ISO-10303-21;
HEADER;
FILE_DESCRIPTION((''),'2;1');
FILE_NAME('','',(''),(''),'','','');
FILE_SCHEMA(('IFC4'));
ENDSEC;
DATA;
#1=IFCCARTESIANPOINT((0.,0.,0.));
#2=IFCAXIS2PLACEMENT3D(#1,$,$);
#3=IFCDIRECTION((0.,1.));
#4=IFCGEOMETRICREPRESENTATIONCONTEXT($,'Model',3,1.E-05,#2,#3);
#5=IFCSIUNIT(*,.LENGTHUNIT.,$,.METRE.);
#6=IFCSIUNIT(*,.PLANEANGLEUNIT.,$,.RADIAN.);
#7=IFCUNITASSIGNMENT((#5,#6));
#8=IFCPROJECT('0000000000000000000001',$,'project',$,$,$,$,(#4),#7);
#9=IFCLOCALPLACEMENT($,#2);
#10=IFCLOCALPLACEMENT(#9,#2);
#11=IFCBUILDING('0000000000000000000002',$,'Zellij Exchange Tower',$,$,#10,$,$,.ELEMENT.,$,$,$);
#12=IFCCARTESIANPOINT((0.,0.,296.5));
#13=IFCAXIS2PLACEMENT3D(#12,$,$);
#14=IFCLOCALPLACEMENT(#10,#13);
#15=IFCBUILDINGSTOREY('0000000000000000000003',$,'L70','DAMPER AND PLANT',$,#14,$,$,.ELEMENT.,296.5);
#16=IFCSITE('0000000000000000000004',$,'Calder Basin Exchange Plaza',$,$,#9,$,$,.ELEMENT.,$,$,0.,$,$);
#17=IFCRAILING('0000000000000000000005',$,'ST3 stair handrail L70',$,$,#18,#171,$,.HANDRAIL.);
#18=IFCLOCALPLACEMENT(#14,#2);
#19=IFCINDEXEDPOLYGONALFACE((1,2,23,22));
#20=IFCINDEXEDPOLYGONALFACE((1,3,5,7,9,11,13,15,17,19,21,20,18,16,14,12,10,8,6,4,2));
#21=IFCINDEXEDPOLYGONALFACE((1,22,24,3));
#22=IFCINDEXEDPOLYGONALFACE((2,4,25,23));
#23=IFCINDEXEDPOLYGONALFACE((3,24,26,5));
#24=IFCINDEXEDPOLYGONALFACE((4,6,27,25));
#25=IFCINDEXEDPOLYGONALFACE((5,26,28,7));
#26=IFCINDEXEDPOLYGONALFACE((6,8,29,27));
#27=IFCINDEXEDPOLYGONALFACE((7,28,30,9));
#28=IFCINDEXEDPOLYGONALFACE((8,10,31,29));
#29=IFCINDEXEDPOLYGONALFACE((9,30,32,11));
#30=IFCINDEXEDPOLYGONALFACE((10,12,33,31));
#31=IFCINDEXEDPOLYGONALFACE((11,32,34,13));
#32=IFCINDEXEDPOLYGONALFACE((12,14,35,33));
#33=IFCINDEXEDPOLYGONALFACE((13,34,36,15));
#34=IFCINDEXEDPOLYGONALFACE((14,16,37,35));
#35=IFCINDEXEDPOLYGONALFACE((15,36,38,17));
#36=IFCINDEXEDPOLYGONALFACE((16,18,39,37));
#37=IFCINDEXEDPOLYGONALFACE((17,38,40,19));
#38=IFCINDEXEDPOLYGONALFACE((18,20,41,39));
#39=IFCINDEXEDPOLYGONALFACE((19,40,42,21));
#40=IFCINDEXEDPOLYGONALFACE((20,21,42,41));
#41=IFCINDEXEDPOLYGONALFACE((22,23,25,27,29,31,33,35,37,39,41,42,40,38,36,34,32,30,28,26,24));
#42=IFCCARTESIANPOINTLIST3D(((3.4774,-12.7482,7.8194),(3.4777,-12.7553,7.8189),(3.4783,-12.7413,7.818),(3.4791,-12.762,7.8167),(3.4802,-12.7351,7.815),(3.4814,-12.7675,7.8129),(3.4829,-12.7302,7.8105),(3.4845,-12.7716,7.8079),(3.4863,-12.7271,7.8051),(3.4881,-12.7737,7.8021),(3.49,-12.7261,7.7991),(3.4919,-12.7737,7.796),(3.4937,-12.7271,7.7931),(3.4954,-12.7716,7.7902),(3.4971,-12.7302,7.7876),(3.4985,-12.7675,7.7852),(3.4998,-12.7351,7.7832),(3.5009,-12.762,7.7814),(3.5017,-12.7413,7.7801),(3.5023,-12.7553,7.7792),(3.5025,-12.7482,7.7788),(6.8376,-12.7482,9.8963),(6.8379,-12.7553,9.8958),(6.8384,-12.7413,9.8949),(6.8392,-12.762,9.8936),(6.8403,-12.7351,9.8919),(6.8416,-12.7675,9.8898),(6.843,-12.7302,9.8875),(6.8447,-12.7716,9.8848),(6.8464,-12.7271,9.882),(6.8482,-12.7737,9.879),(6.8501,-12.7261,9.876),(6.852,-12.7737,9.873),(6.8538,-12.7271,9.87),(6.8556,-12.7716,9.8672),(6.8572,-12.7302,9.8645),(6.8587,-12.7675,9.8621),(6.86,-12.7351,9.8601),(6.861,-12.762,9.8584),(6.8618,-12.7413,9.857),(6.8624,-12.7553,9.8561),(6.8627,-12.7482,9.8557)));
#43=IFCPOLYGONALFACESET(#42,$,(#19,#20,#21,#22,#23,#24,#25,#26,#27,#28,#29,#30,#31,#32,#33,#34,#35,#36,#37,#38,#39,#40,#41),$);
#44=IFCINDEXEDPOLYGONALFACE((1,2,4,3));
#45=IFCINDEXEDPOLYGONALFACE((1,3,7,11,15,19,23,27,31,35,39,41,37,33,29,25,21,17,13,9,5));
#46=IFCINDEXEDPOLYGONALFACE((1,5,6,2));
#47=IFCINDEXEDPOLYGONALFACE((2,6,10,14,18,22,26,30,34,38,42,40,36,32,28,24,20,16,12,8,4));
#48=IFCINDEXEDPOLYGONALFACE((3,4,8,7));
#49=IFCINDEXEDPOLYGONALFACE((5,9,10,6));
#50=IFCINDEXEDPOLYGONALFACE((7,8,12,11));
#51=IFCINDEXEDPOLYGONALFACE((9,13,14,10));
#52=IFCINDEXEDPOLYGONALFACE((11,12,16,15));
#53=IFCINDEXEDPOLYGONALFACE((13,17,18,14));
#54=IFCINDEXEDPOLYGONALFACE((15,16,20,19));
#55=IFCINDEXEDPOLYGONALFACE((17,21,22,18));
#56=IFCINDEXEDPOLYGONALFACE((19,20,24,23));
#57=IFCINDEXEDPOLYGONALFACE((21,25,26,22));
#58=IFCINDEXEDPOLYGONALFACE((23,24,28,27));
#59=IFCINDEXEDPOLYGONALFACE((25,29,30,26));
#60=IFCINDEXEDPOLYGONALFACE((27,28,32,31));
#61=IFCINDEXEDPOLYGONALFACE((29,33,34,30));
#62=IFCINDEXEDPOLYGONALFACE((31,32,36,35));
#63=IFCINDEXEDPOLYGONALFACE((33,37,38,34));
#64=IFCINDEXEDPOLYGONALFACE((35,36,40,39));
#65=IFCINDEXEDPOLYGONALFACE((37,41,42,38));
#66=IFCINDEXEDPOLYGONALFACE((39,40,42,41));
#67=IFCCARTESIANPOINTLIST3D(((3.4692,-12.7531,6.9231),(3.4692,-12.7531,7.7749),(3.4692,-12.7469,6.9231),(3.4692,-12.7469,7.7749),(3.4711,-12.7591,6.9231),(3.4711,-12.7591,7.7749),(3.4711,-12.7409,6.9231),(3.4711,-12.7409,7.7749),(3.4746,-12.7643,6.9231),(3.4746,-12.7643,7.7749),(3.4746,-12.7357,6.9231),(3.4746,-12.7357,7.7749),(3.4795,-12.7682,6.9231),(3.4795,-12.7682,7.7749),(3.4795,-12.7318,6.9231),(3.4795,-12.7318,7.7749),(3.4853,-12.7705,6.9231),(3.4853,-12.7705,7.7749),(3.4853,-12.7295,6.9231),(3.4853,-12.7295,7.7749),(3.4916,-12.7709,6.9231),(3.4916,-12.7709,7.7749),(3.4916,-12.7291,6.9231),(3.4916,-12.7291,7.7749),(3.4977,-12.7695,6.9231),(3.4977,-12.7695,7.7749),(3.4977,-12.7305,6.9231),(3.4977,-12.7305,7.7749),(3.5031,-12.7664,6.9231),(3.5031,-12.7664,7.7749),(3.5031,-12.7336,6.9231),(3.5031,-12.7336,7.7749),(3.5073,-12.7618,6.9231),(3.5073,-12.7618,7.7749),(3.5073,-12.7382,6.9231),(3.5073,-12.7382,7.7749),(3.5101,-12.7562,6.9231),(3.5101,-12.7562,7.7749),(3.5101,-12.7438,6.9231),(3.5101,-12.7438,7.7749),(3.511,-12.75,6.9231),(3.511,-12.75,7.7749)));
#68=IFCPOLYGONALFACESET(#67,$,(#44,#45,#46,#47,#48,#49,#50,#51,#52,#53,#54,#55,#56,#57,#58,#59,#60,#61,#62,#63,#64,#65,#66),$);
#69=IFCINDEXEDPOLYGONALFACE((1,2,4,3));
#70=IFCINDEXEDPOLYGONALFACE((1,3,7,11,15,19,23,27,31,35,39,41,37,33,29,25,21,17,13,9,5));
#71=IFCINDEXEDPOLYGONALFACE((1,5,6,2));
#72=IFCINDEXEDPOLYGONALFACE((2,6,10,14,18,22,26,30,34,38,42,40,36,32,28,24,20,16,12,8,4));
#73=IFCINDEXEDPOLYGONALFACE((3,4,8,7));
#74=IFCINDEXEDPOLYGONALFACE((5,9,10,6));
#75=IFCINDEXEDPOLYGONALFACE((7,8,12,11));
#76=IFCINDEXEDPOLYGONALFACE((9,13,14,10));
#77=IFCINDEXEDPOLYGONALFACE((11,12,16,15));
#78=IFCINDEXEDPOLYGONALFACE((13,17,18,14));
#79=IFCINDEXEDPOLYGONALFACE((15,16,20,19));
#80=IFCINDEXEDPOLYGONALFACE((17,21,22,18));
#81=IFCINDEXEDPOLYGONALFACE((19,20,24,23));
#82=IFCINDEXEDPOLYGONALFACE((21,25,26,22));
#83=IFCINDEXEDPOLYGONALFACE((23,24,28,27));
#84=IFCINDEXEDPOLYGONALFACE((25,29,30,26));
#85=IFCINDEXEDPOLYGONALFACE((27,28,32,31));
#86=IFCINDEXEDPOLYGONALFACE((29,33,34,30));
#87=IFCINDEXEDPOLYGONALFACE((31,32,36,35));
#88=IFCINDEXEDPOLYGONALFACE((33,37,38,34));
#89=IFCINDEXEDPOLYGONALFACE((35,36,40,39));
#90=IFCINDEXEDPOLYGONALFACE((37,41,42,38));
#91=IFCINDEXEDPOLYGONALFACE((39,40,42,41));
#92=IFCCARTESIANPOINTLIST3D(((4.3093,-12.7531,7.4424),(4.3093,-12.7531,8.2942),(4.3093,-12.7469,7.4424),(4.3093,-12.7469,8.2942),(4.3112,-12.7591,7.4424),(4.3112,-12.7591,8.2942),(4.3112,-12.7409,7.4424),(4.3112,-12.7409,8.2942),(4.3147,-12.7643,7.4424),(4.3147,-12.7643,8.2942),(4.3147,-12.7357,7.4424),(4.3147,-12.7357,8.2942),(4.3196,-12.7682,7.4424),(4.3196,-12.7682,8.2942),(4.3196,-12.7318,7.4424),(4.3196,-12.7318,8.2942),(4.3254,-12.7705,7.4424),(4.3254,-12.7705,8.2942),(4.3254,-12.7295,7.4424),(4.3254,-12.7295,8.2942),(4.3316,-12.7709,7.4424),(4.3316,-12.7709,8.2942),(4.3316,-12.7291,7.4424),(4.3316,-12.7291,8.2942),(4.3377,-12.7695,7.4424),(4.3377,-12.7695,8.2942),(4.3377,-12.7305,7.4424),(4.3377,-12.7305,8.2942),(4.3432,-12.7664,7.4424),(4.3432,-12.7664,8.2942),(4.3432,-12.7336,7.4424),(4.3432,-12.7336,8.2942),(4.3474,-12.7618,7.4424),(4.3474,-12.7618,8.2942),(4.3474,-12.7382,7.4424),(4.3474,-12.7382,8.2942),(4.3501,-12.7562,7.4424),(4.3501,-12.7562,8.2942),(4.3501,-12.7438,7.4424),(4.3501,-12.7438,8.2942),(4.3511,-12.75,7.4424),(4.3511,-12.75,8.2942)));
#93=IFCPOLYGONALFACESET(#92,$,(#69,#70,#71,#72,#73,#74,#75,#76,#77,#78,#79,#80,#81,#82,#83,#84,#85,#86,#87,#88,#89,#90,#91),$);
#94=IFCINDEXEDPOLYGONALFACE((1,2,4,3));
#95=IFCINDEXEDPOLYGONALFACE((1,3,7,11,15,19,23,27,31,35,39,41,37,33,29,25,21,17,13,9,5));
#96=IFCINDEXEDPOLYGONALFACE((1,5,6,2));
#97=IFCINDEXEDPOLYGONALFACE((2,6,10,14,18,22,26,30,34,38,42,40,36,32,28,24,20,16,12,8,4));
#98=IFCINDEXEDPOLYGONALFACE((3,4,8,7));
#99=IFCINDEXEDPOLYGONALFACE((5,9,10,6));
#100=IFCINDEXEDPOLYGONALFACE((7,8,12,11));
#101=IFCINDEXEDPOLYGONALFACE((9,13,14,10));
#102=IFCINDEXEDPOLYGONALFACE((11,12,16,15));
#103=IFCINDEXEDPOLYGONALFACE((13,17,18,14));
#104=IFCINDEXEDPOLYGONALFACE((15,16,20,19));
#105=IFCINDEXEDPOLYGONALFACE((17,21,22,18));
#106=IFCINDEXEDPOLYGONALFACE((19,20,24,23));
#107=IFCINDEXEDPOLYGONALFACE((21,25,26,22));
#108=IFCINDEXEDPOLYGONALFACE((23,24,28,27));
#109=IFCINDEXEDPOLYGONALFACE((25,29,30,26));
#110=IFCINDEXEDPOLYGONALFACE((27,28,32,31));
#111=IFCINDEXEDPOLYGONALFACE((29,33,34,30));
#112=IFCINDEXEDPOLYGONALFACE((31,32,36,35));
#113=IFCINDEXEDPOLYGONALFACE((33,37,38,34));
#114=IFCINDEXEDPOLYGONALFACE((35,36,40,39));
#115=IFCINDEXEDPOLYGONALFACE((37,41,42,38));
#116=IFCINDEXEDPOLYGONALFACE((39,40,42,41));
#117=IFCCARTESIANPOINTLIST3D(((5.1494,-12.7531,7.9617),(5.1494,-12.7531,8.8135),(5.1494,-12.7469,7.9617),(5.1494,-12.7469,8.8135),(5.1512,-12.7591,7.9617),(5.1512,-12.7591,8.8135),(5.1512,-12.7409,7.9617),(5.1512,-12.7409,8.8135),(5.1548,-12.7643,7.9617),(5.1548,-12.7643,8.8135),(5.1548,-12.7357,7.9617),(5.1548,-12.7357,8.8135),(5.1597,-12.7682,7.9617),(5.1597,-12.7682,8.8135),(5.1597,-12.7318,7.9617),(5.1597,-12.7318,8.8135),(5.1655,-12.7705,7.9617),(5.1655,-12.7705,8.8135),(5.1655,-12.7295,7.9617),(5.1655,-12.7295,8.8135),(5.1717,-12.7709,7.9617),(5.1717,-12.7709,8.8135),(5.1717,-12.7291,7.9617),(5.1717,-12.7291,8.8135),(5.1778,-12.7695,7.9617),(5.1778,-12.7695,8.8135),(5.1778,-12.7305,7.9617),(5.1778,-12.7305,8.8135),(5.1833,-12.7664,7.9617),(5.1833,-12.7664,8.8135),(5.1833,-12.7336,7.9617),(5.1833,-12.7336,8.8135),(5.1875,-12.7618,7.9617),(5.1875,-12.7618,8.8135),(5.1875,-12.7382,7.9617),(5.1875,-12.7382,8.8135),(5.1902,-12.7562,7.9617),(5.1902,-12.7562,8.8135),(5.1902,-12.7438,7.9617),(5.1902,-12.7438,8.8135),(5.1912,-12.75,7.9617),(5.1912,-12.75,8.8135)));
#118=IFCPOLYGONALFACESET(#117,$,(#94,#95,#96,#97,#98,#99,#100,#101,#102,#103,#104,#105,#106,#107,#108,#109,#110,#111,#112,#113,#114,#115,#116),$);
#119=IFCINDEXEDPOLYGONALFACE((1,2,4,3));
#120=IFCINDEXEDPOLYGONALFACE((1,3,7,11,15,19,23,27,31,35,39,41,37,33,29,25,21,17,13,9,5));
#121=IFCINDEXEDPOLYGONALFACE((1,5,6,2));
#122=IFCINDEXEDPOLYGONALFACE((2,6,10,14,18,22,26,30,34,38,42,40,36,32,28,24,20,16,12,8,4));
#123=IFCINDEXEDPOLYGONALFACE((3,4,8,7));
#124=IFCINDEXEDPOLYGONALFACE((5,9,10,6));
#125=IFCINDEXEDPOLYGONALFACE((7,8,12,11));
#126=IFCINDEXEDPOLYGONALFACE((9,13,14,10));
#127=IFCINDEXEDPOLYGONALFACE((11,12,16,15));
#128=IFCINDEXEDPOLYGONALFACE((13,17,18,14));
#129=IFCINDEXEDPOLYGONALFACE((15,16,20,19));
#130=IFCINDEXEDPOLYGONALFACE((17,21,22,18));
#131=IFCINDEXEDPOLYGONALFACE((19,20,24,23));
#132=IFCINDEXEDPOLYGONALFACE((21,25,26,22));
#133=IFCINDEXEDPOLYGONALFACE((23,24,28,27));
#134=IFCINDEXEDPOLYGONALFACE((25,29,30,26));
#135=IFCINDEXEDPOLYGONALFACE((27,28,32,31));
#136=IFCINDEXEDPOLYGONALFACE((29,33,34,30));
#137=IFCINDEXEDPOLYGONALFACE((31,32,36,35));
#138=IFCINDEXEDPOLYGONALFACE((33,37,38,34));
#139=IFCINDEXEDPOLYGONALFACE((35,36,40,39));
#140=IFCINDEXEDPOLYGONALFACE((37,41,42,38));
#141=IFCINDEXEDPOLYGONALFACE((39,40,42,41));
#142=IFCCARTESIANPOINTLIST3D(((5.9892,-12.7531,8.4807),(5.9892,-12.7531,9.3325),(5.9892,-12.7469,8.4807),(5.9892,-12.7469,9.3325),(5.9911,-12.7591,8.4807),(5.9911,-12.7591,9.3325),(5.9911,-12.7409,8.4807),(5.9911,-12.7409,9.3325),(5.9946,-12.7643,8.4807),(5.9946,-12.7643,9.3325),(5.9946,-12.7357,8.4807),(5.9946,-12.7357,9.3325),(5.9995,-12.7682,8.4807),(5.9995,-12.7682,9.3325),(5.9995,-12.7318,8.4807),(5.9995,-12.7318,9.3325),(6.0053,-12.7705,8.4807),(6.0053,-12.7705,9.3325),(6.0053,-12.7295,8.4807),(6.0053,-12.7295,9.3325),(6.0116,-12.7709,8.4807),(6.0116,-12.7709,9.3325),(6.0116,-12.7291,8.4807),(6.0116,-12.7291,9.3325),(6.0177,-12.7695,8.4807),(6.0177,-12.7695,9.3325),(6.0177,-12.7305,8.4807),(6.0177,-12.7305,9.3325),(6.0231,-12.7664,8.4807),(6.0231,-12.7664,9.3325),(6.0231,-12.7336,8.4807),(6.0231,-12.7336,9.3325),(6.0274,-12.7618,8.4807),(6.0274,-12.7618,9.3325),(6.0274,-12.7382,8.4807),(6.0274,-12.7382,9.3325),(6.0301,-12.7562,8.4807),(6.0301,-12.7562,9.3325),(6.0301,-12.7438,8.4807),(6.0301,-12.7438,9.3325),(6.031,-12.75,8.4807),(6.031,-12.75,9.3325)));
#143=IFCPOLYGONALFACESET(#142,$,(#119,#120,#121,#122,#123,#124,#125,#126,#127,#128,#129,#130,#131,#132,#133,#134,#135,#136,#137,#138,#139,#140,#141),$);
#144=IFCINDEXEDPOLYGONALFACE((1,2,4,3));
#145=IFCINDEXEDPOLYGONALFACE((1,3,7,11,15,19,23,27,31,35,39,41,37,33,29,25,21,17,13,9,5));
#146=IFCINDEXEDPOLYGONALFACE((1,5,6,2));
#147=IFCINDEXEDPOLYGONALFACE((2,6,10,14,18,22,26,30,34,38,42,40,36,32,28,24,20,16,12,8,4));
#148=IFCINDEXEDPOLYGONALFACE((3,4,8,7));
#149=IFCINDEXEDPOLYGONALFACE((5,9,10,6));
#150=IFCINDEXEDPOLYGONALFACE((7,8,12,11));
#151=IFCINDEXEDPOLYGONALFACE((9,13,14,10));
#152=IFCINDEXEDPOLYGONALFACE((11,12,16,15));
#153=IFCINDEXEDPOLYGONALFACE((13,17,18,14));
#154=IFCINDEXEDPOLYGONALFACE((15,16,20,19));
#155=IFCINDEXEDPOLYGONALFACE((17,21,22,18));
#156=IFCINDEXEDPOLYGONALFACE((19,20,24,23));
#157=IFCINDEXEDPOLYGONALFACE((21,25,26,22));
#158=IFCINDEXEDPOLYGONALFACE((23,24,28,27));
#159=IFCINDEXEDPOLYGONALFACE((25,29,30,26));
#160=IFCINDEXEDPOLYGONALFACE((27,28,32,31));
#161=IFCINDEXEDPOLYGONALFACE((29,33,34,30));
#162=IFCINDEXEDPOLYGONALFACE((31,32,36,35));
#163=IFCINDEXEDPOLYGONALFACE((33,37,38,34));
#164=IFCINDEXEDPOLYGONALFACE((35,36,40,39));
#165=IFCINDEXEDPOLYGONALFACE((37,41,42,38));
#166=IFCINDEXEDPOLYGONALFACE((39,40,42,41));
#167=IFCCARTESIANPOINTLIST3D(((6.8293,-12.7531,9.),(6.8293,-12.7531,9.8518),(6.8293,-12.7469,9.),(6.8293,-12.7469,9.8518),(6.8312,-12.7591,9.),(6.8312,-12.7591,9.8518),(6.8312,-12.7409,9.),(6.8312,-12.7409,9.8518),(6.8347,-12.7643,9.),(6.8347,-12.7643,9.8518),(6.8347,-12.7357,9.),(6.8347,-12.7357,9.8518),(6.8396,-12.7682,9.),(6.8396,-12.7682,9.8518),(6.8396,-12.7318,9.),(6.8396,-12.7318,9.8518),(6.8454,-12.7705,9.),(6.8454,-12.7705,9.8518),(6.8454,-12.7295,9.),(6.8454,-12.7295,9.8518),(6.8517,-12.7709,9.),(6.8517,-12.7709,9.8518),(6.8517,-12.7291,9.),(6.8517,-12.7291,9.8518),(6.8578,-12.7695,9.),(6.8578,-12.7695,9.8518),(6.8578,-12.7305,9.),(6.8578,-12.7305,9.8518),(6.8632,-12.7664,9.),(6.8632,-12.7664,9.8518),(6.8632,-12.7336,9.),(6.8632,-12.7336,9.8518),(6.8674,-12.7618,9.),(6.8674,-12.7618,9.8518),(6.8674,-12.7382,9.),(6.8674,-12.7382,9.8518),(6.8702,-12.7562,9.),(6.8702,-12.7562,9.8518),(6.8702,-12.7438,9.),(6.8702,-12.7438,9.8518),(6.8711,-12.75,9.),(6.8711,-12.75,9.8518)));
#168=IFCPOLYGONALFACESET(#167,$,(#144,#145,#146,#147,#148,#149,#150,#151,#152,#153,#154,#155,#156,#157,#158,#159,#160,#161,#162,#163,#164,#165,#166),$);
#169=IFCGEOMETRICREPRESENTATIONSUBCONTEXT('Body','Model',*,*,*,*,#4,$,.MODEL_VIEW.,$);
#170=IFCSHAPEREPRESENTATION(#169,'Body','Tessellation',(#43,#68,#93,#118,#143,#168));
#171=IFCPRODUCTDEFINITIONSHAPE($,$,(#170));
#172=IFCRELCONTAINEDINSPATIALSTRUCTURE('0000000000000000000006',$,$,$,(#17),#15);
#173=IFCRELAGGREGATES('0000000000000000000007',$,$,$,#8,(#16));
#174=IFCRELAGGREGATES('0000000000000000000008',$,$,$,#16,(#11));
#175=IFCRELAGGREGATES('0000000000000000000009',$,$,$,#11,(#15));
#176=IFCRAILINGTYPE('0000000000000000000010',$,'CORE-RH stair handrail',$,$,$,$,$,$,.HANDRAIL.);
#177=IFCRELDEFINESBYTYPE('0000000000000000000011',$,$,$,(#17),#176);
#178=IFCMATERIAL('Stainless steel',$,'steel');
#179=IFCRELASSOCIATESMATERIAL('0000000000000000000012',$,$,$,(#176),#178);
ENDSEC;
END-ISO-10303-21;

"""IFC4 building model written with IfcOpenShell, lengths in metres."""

from ifc_helpers import new_model, si_unit, direction, frame, origin, origin_2d, place, context, subcontext, project, spatial, circle, extrude, material, type_object, element, save


model = new_model("IFC4")

# Units and contexts
model_context = context("Model", 3, precision=1e-05, world=origin(), true_north=direction((0.0, 1.0)))
body_context = subcontext(model_context, "Body", "Model", "MODEL_VIEW")
ifc_project = project(units=[si_unit("LENGTHUNIT", "METRE"), si_unit("PLANEANGLEUNIT", "RADIAN")], contexts=[model_context])

# Site, building, storey
site_placement = place(None, origin())
site = spatial("IfcSite", under=ifc_project, at=site_placement, Name="Calder Basin Exchange Plaza", CompositionType="ELEMENT", RefElevation=0.0)
building_placement = place(site_placement, origin())
building = spatial("IfcBuilding", under=site, at=building_placement, Name="Zellij Exchange Tower", CompositionType="ELEMENT")
storey_placement = place(building_placement, frame((0.0, 0.0, 296.5)))
storey = spatial("IfcBuildingStorey", under=building, at=storey_placement, Name="L70", Description="DAMPER AND PLANT", CompositionType="ELEMENT", Elevation=296.5)

# Railing
ifc_material_1 = material(Name="Stainless steel", Category="steel")
railing_type_1 = type_object("IfcRailingType", Name="CORE-RH stair handrail", PredefinedType="HANDRAIL", material=ifc_material_1)
railing_1_placement = place(storey_placement, frame((3.49, -12.75, 6.9231)))
element("IfcRailing", 1, at=railing_1_placement, inside=storey, type_object=railing_type_1, Name="ST3 stair handrail L70", PredefinedType="HANDRAIL", context=body_context, shape_type="SweptSolid", body=[
    extrude(circle(Radius=0.0239, at=origin_2d()), frame((0.0, 0.0, 0.876), z_axis=(0.850623, 0.0, 0.525776), x_axis=(0.0, 1.0, 0.0)), (0.0, 0.0, 1.0), 3.9502),
    extrude(circle(Radius=0.021, at=origin_2d()), origin(), (0.0, 0.0, 1.0), 0.8518),
    extrude(circle(Radius=0.021, at=origin_2d()), frame((0.8401, 0.0, 0.5193)), (0.0, 0.0, 1.0), 0.8518),
    extrude(circle(Radius=0.021, at=origin_2d()), frame((1.6802, 0.0, 1.0386)), (0.0, 0.0, 1.0), 0.8518),
    extrude(circle(Radius=0.021, at=origin_2d()), frame((2.52, 0.0, 1.5576)), (0.0, 0.0, 1.0), 0.8518),
    extrude(circle(Radius=0.021, at=origin_2d()), frame((3.3601, 0.0, 2.0769)), (0.0, 0.0, 1.0), 0.8518),
])

save(model, "model.ifc")
